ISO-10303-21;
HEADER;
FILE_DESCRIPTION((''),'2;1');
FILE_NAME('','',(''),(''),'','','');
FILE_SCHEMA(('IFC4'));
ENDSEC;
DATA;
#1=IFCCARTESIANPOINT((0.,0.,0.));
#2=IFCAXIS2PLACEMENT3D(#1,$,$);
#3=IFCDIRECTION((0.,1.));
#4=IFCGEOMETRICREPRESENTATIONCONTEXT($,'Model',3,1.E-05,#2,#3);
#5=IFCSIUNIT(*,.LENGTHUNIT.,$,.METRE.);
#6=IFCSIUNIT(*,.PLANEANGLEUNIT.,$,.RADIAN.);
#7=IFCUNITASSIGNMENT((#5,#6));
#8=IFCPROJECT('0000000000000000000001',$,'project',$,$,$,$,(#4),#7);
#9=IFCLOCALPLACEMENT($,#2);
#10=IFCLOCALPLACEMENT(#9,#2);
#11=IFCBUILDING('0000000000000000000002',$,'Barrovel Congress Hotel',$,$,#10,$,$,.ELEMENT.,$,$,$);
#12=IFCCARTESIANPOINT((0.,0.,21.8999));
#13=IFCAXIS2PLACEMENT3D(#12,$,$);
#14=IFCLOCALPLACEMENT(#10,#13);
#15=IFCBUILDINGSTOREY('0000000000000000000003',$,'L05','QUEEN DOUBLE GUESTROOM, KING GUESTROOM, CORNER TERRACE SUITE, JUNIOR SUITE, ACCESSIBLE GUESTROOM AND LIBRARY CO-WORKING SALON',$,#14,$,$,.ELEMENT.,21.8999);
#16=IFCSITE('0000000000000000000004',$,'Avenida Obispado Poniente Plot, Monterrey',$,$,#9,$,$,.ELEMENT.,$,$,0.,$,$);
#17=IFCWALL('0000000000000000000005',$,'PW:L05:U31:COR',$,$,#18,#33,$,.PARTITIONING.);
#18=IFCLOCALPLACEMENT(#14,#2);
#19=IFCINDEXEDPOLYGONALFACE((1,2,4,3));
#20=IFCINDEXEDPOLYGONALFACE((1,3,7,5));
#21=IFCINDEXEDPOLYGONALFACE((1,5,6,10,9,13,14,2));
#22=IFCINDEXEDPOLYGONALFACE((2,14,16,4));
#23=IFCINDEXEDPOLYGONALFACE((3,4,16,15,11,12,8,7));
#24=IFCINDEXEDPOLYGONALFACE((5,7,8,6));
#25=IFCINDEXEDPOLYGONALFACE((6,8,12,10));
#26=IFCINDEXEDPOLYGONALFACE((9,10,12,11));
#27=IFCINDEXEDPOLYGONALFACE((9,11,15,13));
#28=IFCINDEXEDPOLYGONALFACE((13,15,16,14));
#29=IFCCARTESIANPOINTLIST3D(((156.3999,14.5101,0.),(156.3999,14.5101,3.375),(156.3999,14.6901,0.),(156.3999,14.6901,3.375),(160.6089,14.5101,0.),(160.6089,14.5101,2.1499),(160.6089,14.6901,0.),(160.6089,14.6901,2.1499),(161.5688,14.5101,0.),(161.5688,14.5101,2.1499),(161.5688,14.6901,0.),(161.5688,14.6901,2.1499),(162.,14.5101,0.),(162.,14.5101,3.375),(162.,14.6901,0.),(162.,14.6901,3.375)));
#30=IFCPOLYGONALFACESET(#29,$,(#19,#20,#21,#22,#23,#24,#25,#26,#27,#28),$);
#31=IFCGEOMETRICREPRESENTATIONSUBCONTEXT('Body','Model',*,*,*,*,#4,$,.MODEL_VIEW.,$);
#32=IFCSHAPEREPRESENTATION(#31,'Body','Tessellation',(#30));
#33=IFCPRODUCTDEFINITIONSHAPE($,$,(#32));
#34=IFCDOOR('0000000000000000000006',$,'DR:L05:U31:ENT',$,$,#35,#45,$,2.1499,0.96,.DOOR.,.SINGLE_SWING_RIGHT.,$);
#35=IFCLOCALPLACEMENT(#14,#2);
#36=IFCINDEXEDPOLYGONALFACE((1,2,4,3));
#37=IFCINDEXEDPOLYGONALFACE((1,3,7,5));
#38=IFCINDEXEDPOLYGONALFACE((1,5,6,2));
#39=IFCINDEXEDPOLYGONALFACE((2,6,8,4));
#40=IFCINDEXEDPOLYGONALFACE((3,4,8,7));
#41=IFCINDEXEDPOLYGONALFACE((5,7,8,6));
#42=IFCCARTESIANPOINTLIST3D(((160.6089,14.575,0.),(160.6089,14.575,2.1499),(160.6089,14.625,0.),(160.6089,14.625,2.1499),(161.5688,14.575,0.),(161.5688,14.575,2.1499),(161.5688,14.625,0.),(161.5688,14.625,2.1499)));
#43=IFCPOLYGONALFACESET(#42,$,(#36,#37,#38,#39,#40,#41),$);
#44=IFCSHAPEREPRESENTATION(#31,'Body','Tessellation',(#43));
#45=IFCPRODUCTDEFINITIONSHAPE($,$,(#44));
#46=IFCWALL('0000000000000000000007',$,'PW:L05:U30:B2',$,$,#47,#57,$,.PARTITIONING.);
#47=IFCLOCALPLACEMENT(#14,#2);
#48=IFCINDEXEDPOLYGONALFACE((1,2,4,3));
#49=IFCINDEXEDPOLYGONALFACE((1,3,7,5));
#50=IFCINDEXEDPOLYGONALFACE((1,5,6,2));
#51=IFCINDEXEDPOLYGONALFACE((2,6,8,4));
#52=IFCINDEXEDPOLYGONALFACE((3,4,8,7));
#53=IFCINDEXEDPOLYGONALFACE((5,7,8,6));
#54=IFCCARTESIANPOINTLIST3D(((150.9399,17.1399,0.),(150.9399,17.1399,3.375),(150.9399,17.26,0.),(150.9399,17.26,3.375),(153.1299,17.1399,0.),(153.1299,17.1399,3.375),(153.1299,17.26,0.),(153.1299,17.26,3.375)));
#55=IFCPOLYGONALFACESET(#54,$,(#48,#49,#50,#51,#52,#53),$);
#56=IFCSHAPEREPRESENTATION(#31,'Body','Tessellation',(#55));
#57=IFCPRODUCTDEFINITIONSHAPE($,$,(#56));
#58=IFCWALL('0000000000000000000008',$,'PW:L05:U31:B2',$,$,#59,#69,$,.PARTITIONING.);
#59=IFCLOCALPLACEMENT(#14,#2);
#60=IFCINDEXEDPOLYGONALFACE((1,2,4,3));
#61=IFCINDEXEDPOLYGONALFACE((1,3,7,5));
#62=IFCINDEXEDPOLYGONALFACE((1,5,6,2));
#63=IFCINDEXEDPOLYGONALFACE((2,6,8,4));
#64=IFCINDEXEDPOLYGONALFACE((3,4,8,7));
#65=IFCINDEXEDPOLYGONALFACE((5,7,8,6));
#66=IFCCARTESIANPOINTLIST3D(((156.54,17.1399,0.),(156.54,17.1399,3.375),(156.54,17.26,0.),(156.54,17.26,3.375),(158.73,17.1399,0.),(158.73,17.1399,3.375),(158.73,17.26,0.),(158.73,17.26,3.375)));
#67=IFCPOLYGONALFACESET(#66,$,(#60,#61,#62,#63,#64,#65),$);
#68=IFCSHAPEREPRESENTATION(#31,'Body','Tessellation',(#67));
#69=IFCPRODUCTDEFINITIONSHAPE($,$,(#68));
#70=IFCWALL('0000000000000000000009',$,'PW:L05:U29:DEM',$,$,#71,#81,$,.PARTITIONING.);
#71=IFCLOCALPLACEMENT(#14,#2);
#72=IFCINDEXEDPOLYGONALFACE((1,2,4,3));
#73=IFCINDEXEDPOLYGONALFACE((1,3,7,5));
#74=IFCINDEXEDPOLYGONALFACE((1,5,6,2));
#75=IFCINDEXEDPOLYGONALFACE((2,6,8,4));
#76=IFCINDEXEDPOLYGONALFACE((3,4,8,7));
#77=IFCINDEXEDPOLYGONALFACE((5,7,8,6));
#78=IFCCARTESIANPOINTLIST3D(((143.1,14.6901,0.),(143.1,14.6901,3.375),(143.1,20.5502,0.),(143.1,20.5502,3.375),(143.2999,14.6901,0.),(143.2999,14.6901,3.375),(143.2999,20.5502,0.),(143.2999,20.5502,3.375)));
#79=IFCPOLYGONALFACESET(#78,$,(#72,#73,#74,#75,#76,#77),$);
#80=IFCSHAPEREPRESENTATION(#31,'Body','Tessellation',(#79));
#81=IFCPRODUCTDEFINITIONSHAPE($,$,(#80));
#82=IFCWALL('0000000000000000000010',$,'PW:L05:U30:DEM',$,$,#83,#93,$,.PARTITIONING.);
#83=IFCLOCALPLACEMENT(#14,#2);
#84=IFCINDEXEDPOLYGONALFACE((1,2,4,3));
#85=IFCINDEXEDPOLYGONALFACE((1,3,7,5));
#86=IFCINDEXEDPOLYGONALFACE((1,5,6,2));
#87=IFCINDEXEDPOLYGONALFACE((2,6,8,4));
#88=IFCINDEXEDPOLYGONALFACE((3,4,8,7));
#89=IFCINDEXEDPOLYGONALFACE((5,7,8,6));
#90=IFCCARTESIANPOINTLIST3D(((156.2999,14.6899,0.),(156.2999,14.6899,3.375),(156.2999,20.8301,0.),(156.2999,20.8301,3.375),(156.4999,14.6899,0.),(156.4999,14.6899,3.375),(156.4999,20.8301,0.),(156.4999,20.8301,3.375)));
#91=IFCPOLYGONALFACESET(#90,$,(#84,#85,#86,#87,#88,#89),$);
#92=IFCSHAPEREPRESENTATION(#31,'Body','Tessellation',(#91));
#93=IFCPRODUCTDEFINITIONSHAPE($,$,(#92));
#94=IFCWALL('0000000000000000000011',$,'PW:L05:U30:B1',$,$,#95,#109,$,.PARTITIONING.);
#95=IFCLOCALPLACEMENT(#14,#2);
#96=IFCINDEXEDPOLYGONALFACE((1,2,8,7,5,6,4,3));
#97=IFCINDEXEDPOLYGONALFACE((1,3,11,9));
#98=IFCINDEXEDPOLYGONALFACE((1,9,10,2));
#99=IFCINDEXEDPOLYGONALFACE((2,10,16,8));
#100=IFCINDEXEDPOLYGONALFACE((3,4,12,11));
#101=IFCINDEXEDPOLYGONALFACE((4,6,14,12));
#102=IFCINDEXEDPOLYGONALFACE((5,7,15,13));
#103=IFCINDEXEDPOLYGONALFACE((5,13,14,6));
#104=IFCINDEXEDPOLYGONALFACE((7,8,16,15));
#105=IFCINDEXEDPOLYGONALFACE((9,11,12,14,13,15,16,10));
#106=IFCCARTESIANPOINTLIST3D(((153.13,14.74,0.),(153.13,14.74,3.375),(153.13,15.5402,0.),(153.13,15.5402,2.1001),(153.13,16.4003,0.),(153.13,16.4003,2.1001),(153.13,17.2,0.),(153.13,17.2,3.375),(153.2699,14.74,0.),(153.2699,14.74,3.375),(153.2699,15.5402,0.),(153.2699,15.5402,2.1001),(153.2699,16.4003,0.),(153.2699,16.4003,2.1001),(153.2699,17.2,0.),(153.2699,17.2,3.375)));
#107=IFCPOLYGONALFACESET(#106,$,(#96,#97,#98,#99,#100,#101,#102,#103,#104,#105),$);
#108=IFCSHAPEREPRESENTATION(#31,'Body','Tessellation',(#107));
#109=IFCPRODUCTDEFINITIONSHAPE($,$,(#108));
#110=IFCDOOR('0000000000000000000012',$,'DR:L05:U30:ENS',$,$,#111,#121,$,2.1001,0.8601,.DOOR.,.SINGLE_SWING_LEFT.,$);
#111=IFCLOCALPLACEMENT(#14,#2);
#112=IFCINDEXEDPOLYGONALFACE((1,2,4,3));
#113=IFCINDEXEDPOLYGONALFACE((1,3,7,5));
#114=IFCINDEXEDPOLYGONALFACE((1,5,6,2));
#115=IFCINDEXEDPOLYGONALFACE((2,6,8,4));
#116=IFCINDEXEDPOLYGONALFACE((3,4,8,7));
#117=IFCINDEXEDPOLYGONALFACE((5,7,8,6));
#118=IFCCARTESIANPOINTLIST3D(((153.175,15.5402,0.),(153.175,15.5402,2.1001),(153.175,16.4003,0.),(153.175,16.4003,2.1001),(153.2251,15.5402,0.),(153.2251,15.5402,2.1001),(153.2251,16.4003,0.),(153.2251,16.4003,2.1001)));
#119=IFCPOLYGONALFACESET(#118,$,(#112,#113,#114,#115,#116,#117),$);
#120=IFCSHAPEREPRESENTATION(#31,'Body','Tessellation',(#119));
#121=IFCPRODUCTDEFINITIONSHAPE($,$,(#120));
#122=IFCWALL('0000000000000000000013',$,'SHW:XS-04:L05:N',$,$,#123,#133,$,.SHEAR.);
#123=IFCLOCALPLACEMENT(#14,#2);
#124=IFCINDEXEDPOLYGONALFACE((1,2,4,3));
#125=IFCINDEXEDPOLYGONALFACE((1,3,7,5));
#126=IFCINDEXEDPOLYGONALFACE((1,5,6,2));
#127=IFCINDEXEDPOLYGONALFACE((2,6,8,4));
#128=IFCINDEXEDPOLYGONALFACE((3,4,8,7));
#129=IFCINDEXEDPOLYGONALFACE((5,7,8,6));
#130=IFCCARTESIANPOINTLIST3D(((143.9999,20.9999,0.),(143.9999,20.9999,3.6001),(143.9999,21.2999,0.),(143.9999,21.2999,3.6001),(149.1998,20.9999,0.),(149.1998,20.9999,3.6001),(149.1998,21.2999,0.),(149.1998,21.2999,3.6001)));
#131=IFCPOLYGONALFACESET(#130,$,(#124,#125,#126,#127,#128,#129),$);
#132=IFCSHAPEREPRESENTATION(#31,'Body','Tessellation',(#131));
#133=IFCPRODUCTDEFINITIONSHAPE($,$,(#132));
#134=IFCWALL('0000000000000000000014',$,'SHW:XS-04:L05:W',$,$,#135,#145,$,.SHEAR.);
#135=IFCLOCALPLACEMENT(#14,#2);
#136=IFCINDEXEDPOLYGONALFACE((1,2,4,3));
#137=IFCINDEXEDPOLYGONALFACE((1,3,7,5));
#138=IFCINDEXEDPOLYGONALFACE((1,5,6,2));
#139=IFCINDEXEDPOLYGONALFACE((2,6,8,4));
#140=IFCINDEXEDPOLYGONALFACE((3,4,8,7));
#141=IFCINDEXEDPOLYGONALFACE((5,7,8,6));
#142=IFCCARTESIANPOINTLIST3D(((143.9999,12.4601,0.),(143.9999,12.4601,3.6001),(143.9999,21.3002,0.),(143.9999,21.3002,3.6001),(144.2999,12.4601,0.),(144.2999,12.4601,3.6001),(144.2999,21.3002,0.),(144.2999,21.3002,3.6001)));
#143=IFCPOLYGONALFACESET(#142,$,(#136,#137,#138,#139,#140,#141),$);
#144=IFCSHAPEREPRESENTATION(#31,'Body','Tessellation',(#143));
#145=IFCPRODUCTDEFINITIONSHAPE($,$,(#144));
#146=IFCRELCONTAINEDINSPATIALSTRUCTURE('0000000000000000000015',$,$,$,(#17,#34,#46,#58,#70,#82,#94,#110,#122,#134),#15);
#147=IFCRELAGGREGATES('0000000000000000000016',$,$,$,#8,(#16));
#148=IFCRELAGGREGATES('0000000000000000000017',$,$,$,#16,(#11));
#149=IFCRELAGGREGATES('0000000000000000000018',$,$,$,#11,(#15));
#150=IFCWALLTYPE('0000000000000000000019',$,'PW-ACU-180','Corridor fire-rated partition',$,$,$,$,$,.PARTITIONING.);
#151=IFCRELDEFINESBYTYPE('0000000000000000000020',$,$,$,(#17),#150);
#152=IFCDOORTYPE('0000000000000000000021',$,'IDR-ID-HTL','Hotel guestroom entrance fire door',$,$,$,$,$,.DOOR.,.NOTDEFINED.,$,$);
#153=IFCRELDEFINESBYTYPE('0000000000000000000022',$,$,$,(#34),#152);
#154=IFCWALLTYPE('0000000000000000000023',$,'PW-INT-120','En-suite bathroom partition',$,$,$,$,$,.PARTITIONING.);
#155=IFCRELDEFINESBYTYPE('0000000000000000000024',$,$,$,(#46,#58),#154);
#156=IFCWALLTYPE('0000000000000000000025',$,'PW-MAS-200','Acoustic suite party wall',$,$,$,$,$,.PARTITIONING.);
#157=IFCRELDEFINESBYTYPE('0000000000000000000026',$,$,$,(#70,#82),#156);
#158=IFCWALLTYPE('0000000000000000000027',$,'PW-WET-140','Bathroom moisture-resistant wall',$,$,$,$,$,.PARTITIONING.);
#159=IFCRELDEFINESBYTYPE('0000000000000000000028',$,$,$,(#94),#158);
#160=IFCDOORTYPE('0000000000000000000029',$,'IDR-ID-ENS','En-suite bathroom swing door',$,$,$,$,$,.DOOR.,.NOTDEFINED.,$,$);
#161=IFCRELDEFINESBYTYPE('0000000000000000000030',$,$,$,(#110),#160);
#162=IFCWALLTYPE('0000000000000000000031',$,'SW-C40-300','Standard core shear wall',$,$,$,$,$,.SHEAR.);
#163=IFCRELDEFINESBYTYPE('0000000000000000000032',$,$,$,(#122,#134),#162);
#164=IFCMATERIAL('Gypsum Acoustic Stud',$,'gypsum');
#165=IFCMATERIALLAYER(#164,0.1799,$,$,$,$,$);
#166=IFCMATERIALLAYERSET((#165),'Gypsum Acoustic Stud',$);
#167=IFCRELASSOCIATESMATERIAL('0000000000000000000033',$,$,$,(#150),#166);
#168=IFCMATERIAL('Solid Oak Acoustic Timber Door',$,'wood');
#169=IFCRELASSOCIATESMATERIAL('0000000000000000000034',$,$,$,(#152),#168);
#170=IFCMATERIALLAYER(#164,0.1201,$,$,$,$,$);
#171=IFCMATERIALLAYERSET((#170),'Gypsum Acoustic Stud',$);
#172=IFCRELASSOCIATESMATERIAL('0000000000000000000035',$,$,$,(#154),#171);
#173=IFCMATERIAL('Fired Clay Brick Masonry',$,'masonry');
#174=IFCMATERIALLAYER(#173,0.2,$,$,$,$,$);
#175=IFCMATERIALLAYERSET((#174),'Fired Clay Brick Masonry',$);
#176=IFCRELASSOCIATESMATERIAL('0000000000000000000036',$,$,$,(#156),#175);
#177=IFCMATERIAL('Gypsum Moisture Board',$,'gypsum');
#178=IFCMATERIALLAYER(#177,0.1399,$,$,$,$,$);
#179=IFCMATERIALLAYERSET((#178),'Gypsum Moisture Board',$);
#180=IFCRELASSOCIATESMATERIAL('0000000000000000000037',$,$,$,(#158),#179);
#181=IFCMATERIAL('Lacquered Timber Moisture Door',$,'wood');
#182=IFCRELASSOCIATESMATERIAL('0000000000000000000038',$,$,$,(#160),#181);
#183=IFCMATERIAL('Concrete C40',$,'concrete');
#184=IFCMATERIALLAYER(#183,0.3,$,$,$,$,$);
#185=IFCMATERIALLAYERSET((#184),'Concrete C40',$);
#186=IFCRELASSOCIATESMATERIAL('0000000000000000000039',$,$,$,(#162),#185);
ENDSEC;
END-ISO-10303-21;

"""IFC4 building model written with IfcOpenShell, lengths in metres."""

from ifc_helpers import new_model, si_unit, direction, frame, frame_2d, origin, place, context, subcontext, project, spatial, rectangle, extrude, material, layer, layer_set, type_object, element, fill, save


model = new_model("IFC4")

# Units and contexts
model_context = context("Model", 3, precision=1e-05, world=origin(), true_north=direction((0.0, 1.0)))
body_context = subcontext(model_context, "Body", "Model", "MODEL_VIEW")
ifc_project = project(units=[si_unit("LENGTHUNIT", "METRE"), si_unit("PLANEANGLEUNIT", "RADIAN")], contexts=[model_context])

# Site, building, storey
site_placement = place(None, origin())
site = spatial("IfcSite", under=ifc_project, at=site_placement, Name="Avenida Obispado Poniente Plot, Monterrey", CompositionType="ELEMENT", RefElevation=0.0)
building_placement = place(site_placement, origin())
building = spatial("IfcBuilding", under=site, at=building_placement, Name="Barrovel Congress Hotel", CompositionType="ELEMENT")
storey_placement = place(building_placement, frame((0.0, 0.0, 21.8999)))
storey = spatial("IfcBuildingStorey", under=building, at=storey_placement, Name="L05", Description="QUEEN DOUBLE GUESTROOM, KING GUESTROOM, CORNER TERRACE SUITE, JUNIOR SUITE, ACCESSIBLE GUESTROOM AND LIBRARY CO-WORKING SALON", CompositionType="ELEMENT", Elevation=21.8999)

# Shared definitions
ifc_material_1 = material(Name="Concrete C40", Category="concrete")

# Shared definitions
ifc_material_2 = material(Name="Fired Clay Brick Masonry", Category="masonry")

# Wall, opening, door
ifc_material_3 = material(Name="Gypsum Acoustic Stud", Category="gypsum")
ifc_layer_1 = layer(ifc_material_3, 0.1799)
ifc_layer_set_1 = layer_set([ifc_layer_1], Name="Gypsum Acoustic Stud")
wall_type_1 = type_object("IfcWallType", Name="PW-ACU-180", Description="Corridor fire-rated partition", PredefinedType="PARTITIONING", material=ifc_layer_set_1)
ifc_material_4 = material(Name="Solid Oak Acoustic Timber Door", Category="wood")
door_type_1 = type_object("IfcDoorType", Name="IDR-ID-HTL", Description="Hotel guestroom entrance fire door", OperationType="NOTDEFINED", PredefinedType="DOOR", material=ifc_material_4)
wall_1_placement = place(storey_placement, frame((156.3999, 14.6001, 0.0), z_axis=(0.0, 0.0, 1.0), x_axis=(1.0, 0.0, 0.0)))
wall_1 = element("IfcWall", 1, at=wall_1_placement, inside=storey, type_object=wall_type_1, Name="PW:L05:U31:COR", PredefinedType="PARTITIONING", context=body_context, shape_type="SweptSolid", body=[
    extrude(rectangle(XDim=5.6001, YDim=0.1799, at=frame_2d((2.8, 0.0))), origin(), (0.0, 0.0, 1.0), 3.375),
])
opening_1_placement = place(wall_1_placement, frame((4.209, 0.0, 0.0)))
opening_1 = element("IfcOpeningElement", 2, at=opening_1_placement, cuts=wall_1, PredefinedType="OPENING", context=body_context, shape_type="SweptSolid", body=[
    extrude(rectangle(XDim=0.96, YDim=2.1499, at=frame_2d((0.48, 1.075))), frame((0.0, 0.1001, 0.0), z_axis=(0.0, -1.0, 0.0), x_axis=(1.0, 0.0, 0.0)), (0.0, 0.0, 1.0), 0.2),
])
door_1_placement = place(opening_1_placement, origin())
door_1 = element("IfcDoor", 3, at=door_1_placement, inside=storey, type_object=door_type_1, Name="DR:L05:U31:ENT", OperationType="SINGLE_SWING_RIGHT", OverallHeight=2.1499, OverallWidth=0.96, PredefinedType="DOOR", context=body_context, shape_type="SweptSolid", body=[
    extrude(rectangle(XDim=0.96, YDim=2.1499, at=frame_2d((0.48, 1.075))), frame((0.0, 0.0249, 0.0), z_axis=(0.0, -1.0, 0.0), x_axis=(1.0, 0.0, 0.0)), (0.0, 0.0, 1.0), 0.05),
])
fill(opening_1, door_1)

# Walls
ifc_layer_2 = layer(ifc_material_3, 0.1201)
ifc_layer_set_2 = layer_set([ifc_layer_2], Name="Gypsum Acoustic Stud")
wall_type_2 = type_object("IfcWallType", Name="PW-INT-120", Description="En-suite bathroom partition", PredefinedType="PARTITIONING", material=ifc_layer_set_2)
for number, where, z_axis, x_axis, name in (
    (4, (150.9399, 17.2, 0.0), (0.0, 0.0, 1.0), (1.0, 0.0, 0.0), "PW:L05:U30:B2"),
    (5, (156.54, 17.2, 0.0), (0.0, 0.0, 1.0), (1.0, 0.0, 0.0), "PW:L05:U31:B2"),
):
    element("IfcWall", number, at=place(storey_placement, frame(where, z_axis=z_axis, x_axis=x_axis)), inside=storey, type_object=wall_type_2, Name=name, PredefinedType="PARTITIONING", context=body_context, shape_type="SweptSolid", body=[
        extrude(rectangle(XDim=2.1899, YDim=0.1201, at=frame_2d((1.095, 0.0))), origin(), (0.0, 0.0, 1.0), 3.375),
    ])
ifc_layer_3 = layer(ifc_material_2, 0.2)
ifc_layer_set_3 = layer_set([ifc_layer_3], Name="Fired Clay Brick Masonry")
wall_type_3 = type_object("IfcWallType", Name="PW-MAS-200", Description="Acoustic suite party wall", PredefinedType="PARTITIONING", material=ifc_layer_set_3)
wall_2_placement = place(storey_placement, frame((143.2, 14.6899, 0.0), z_axis=(0.0, 0.0, 1.0), x_axis=(0.0, 1.0, 0.0)))
element("IfcWall", 6, at=wall_2_placement, inside=storey, type_object=wall_type_3, Name="PW:L05:U29:DEM", PredefinedType="PARTITIONING", context=body_context, shape_type="SweptSolid", body=[
    extrude(rectangle(XDim=5.8601, YDim=0.2, at=frame_2d((2.9302, 0.0))), origin(), (0.0, 0.0, 1.0), 3.375),
])
wall_3_placement = place(storey_placement, frame((156.3999, 14.6899, 0.0), z_axis=(0.0, 0.0, 1.0), x_axis=(0.0, 1.0, 0.0)))
element("IfcWall", 7, at=wall_3_placement, inside=storey, type_object=wall_type_3, Name="PW:L05:U30:DEM", PredefinedType="PARTITIONING", context=body_context, shape_type="SweptSolid", body=[
    extrude(rectangle(XDim=6.1401, YDim=0.2, at=frame_2d((3.0701, 0.0))), origin(), (0.0, 0.0, 1.0), 3.375),
])

# Wall, opening, door
ifc_material_5 = material(Name="Gypsum Moisture Board", Category="gypsum")
ifc_layer_4 = layer(ifc_material_5, 0.1399)
ifc_layer_set_4 = layer_set([ifc_layer_4], Name="Gypsum Moisture Board")
wall_type_4 = type_object("IfcWallType", Name="PW-WET-140", Description="Bathroom moisture-resistant wall", PredefinedType="PARTITIONING", material=ifc_layer_set_4)
wall_4_placement = place(storey_placement, frame((153.2, 14.74, 0.0), z_axis=(0.0, 0.0, 1.0), x_axis=(0.0, 1.0, 0.0)))
wall_4 = element("IfcWall", 8, at=wall_4_placement, inside=storey, type_object=wall_type_4, Name="PW:L05:U30:B1", PredefinedType="PARTITIONING", context=body_context, shape_type="SweptSolid", body=[
    extrude(rectangle(XDim=2.46, YDim=0.1399, at=frame_2d((1.23, 0.0))), origin(), (0.0, 0.0, 1.0), 3.375),
])
opening_2_placement = place(wall_4_placement, frame((0.8, 0.0, 0.0)))
opening_2 = element("IfcOpeningElement", 9, at=opening_2_placement, cuts=wall_4, PredefinedType="OPENING", context=body_context, shape_type="SweptSolid", body=[
    extrude(rectangle(XDim=0.8601, YDim=2.1001, at=frame_2d((0.4302, 1.05))), frame((0.0, 0.0801, 0.0), z_axis=(0.0, -1.0, 0.0), x_axis=(1.0, 0.0, 0.0)), (0.0, 0.0, 1.0), 0.1599),
])
ifc_material_6 = material(Name="Lacquered Timber Moisture Door", Category="wood")
door_type_2 = type_object("IfcDoorType", Name="IDR-ID-ENS", Description="En-suite bathroom swing door", OperationType="NOTDEFINED", PredefinedType="DOOR", material=ifc_material_6)
door_2_placement = place(opening_2_placement, origin())
door_2 = element("IfcDoor", 10, at=door_2_placement, inside=storey, type_object=door_type_2, Name="DR:L05:U30:ENS", OperationType="SINGLE_SWING_LEFT", OverallHeight=2.1001, OverallWidth=0.8601, PredefinedType="DOOR", context=body_context, shape_type="SweptSolid", body=[
    extrude(rectangle(XDim=0.8601, YDim=2.1001, at=frame_2d((0.4302, 1.05))), frame((0.0, 0.0249, 0.0), z_axis=(0.0, -1.0, 0.0), x_axis=(1.0, 0.0, 0.0)), (0.0, 0.0, 1.0), 0.05),
])
fill(opening_2, door_2)

# Walls
ifc_layer_5 = layer(ifc_material_1, 0.3)
ifc_layer_set_5 = layer_set([ifc_layer_5], Name="Concrete C40")
wall_type_5 = type_object("IfcWallType", Name="SW-C40-300", Description="Standard core shear wall", PredefinedType="SHEAR", material=ifc_layer_set_5)
wall_5_placement = place(storey_placement, frame((149.2, 21.1499, 0.0), z_axis=(0.0, 0.0, 1.0), x_axis=(-1.0, 0.0, 0.0)))
element("IfcWall", 11, at=wall_5_placement, inside=storey, type_object=wall_type_5, Name="SHW:XS-04:L05:N", PredefinedType="SHEAR", context=body_context, shape_type="SweptSolid", body=[
    extrude(rectangle(XDim=5.2, YDim=0.3, at=frame_2d((2.6001, 0.0))), origin(), (0.0, 0.0, 1.0), 3.6001),
])
wall_6_placement = place(storey_placement, frame((144.1499, 21.3, 0.0), z_axis=(0.0, 0.0, 1.0), x_axis=(0.0, -1.0, 0.0)))
element("IfcWall", 12, at=wall_6_placement, inside=storey, type_object=wall_type_5, Name="SHW:XS-04:L05:W", PredefinedType="SHEAR", context=body_context, shape_type="SweptSolid", body=[
    extrude(rectangle(XDim=8.8401, YDim=0.3, at=frame_2d((4.4199, 0.0))), origin(), (0.0, 0.0, 1.0), 3.6001),
])

save(model, "model.ifc")
